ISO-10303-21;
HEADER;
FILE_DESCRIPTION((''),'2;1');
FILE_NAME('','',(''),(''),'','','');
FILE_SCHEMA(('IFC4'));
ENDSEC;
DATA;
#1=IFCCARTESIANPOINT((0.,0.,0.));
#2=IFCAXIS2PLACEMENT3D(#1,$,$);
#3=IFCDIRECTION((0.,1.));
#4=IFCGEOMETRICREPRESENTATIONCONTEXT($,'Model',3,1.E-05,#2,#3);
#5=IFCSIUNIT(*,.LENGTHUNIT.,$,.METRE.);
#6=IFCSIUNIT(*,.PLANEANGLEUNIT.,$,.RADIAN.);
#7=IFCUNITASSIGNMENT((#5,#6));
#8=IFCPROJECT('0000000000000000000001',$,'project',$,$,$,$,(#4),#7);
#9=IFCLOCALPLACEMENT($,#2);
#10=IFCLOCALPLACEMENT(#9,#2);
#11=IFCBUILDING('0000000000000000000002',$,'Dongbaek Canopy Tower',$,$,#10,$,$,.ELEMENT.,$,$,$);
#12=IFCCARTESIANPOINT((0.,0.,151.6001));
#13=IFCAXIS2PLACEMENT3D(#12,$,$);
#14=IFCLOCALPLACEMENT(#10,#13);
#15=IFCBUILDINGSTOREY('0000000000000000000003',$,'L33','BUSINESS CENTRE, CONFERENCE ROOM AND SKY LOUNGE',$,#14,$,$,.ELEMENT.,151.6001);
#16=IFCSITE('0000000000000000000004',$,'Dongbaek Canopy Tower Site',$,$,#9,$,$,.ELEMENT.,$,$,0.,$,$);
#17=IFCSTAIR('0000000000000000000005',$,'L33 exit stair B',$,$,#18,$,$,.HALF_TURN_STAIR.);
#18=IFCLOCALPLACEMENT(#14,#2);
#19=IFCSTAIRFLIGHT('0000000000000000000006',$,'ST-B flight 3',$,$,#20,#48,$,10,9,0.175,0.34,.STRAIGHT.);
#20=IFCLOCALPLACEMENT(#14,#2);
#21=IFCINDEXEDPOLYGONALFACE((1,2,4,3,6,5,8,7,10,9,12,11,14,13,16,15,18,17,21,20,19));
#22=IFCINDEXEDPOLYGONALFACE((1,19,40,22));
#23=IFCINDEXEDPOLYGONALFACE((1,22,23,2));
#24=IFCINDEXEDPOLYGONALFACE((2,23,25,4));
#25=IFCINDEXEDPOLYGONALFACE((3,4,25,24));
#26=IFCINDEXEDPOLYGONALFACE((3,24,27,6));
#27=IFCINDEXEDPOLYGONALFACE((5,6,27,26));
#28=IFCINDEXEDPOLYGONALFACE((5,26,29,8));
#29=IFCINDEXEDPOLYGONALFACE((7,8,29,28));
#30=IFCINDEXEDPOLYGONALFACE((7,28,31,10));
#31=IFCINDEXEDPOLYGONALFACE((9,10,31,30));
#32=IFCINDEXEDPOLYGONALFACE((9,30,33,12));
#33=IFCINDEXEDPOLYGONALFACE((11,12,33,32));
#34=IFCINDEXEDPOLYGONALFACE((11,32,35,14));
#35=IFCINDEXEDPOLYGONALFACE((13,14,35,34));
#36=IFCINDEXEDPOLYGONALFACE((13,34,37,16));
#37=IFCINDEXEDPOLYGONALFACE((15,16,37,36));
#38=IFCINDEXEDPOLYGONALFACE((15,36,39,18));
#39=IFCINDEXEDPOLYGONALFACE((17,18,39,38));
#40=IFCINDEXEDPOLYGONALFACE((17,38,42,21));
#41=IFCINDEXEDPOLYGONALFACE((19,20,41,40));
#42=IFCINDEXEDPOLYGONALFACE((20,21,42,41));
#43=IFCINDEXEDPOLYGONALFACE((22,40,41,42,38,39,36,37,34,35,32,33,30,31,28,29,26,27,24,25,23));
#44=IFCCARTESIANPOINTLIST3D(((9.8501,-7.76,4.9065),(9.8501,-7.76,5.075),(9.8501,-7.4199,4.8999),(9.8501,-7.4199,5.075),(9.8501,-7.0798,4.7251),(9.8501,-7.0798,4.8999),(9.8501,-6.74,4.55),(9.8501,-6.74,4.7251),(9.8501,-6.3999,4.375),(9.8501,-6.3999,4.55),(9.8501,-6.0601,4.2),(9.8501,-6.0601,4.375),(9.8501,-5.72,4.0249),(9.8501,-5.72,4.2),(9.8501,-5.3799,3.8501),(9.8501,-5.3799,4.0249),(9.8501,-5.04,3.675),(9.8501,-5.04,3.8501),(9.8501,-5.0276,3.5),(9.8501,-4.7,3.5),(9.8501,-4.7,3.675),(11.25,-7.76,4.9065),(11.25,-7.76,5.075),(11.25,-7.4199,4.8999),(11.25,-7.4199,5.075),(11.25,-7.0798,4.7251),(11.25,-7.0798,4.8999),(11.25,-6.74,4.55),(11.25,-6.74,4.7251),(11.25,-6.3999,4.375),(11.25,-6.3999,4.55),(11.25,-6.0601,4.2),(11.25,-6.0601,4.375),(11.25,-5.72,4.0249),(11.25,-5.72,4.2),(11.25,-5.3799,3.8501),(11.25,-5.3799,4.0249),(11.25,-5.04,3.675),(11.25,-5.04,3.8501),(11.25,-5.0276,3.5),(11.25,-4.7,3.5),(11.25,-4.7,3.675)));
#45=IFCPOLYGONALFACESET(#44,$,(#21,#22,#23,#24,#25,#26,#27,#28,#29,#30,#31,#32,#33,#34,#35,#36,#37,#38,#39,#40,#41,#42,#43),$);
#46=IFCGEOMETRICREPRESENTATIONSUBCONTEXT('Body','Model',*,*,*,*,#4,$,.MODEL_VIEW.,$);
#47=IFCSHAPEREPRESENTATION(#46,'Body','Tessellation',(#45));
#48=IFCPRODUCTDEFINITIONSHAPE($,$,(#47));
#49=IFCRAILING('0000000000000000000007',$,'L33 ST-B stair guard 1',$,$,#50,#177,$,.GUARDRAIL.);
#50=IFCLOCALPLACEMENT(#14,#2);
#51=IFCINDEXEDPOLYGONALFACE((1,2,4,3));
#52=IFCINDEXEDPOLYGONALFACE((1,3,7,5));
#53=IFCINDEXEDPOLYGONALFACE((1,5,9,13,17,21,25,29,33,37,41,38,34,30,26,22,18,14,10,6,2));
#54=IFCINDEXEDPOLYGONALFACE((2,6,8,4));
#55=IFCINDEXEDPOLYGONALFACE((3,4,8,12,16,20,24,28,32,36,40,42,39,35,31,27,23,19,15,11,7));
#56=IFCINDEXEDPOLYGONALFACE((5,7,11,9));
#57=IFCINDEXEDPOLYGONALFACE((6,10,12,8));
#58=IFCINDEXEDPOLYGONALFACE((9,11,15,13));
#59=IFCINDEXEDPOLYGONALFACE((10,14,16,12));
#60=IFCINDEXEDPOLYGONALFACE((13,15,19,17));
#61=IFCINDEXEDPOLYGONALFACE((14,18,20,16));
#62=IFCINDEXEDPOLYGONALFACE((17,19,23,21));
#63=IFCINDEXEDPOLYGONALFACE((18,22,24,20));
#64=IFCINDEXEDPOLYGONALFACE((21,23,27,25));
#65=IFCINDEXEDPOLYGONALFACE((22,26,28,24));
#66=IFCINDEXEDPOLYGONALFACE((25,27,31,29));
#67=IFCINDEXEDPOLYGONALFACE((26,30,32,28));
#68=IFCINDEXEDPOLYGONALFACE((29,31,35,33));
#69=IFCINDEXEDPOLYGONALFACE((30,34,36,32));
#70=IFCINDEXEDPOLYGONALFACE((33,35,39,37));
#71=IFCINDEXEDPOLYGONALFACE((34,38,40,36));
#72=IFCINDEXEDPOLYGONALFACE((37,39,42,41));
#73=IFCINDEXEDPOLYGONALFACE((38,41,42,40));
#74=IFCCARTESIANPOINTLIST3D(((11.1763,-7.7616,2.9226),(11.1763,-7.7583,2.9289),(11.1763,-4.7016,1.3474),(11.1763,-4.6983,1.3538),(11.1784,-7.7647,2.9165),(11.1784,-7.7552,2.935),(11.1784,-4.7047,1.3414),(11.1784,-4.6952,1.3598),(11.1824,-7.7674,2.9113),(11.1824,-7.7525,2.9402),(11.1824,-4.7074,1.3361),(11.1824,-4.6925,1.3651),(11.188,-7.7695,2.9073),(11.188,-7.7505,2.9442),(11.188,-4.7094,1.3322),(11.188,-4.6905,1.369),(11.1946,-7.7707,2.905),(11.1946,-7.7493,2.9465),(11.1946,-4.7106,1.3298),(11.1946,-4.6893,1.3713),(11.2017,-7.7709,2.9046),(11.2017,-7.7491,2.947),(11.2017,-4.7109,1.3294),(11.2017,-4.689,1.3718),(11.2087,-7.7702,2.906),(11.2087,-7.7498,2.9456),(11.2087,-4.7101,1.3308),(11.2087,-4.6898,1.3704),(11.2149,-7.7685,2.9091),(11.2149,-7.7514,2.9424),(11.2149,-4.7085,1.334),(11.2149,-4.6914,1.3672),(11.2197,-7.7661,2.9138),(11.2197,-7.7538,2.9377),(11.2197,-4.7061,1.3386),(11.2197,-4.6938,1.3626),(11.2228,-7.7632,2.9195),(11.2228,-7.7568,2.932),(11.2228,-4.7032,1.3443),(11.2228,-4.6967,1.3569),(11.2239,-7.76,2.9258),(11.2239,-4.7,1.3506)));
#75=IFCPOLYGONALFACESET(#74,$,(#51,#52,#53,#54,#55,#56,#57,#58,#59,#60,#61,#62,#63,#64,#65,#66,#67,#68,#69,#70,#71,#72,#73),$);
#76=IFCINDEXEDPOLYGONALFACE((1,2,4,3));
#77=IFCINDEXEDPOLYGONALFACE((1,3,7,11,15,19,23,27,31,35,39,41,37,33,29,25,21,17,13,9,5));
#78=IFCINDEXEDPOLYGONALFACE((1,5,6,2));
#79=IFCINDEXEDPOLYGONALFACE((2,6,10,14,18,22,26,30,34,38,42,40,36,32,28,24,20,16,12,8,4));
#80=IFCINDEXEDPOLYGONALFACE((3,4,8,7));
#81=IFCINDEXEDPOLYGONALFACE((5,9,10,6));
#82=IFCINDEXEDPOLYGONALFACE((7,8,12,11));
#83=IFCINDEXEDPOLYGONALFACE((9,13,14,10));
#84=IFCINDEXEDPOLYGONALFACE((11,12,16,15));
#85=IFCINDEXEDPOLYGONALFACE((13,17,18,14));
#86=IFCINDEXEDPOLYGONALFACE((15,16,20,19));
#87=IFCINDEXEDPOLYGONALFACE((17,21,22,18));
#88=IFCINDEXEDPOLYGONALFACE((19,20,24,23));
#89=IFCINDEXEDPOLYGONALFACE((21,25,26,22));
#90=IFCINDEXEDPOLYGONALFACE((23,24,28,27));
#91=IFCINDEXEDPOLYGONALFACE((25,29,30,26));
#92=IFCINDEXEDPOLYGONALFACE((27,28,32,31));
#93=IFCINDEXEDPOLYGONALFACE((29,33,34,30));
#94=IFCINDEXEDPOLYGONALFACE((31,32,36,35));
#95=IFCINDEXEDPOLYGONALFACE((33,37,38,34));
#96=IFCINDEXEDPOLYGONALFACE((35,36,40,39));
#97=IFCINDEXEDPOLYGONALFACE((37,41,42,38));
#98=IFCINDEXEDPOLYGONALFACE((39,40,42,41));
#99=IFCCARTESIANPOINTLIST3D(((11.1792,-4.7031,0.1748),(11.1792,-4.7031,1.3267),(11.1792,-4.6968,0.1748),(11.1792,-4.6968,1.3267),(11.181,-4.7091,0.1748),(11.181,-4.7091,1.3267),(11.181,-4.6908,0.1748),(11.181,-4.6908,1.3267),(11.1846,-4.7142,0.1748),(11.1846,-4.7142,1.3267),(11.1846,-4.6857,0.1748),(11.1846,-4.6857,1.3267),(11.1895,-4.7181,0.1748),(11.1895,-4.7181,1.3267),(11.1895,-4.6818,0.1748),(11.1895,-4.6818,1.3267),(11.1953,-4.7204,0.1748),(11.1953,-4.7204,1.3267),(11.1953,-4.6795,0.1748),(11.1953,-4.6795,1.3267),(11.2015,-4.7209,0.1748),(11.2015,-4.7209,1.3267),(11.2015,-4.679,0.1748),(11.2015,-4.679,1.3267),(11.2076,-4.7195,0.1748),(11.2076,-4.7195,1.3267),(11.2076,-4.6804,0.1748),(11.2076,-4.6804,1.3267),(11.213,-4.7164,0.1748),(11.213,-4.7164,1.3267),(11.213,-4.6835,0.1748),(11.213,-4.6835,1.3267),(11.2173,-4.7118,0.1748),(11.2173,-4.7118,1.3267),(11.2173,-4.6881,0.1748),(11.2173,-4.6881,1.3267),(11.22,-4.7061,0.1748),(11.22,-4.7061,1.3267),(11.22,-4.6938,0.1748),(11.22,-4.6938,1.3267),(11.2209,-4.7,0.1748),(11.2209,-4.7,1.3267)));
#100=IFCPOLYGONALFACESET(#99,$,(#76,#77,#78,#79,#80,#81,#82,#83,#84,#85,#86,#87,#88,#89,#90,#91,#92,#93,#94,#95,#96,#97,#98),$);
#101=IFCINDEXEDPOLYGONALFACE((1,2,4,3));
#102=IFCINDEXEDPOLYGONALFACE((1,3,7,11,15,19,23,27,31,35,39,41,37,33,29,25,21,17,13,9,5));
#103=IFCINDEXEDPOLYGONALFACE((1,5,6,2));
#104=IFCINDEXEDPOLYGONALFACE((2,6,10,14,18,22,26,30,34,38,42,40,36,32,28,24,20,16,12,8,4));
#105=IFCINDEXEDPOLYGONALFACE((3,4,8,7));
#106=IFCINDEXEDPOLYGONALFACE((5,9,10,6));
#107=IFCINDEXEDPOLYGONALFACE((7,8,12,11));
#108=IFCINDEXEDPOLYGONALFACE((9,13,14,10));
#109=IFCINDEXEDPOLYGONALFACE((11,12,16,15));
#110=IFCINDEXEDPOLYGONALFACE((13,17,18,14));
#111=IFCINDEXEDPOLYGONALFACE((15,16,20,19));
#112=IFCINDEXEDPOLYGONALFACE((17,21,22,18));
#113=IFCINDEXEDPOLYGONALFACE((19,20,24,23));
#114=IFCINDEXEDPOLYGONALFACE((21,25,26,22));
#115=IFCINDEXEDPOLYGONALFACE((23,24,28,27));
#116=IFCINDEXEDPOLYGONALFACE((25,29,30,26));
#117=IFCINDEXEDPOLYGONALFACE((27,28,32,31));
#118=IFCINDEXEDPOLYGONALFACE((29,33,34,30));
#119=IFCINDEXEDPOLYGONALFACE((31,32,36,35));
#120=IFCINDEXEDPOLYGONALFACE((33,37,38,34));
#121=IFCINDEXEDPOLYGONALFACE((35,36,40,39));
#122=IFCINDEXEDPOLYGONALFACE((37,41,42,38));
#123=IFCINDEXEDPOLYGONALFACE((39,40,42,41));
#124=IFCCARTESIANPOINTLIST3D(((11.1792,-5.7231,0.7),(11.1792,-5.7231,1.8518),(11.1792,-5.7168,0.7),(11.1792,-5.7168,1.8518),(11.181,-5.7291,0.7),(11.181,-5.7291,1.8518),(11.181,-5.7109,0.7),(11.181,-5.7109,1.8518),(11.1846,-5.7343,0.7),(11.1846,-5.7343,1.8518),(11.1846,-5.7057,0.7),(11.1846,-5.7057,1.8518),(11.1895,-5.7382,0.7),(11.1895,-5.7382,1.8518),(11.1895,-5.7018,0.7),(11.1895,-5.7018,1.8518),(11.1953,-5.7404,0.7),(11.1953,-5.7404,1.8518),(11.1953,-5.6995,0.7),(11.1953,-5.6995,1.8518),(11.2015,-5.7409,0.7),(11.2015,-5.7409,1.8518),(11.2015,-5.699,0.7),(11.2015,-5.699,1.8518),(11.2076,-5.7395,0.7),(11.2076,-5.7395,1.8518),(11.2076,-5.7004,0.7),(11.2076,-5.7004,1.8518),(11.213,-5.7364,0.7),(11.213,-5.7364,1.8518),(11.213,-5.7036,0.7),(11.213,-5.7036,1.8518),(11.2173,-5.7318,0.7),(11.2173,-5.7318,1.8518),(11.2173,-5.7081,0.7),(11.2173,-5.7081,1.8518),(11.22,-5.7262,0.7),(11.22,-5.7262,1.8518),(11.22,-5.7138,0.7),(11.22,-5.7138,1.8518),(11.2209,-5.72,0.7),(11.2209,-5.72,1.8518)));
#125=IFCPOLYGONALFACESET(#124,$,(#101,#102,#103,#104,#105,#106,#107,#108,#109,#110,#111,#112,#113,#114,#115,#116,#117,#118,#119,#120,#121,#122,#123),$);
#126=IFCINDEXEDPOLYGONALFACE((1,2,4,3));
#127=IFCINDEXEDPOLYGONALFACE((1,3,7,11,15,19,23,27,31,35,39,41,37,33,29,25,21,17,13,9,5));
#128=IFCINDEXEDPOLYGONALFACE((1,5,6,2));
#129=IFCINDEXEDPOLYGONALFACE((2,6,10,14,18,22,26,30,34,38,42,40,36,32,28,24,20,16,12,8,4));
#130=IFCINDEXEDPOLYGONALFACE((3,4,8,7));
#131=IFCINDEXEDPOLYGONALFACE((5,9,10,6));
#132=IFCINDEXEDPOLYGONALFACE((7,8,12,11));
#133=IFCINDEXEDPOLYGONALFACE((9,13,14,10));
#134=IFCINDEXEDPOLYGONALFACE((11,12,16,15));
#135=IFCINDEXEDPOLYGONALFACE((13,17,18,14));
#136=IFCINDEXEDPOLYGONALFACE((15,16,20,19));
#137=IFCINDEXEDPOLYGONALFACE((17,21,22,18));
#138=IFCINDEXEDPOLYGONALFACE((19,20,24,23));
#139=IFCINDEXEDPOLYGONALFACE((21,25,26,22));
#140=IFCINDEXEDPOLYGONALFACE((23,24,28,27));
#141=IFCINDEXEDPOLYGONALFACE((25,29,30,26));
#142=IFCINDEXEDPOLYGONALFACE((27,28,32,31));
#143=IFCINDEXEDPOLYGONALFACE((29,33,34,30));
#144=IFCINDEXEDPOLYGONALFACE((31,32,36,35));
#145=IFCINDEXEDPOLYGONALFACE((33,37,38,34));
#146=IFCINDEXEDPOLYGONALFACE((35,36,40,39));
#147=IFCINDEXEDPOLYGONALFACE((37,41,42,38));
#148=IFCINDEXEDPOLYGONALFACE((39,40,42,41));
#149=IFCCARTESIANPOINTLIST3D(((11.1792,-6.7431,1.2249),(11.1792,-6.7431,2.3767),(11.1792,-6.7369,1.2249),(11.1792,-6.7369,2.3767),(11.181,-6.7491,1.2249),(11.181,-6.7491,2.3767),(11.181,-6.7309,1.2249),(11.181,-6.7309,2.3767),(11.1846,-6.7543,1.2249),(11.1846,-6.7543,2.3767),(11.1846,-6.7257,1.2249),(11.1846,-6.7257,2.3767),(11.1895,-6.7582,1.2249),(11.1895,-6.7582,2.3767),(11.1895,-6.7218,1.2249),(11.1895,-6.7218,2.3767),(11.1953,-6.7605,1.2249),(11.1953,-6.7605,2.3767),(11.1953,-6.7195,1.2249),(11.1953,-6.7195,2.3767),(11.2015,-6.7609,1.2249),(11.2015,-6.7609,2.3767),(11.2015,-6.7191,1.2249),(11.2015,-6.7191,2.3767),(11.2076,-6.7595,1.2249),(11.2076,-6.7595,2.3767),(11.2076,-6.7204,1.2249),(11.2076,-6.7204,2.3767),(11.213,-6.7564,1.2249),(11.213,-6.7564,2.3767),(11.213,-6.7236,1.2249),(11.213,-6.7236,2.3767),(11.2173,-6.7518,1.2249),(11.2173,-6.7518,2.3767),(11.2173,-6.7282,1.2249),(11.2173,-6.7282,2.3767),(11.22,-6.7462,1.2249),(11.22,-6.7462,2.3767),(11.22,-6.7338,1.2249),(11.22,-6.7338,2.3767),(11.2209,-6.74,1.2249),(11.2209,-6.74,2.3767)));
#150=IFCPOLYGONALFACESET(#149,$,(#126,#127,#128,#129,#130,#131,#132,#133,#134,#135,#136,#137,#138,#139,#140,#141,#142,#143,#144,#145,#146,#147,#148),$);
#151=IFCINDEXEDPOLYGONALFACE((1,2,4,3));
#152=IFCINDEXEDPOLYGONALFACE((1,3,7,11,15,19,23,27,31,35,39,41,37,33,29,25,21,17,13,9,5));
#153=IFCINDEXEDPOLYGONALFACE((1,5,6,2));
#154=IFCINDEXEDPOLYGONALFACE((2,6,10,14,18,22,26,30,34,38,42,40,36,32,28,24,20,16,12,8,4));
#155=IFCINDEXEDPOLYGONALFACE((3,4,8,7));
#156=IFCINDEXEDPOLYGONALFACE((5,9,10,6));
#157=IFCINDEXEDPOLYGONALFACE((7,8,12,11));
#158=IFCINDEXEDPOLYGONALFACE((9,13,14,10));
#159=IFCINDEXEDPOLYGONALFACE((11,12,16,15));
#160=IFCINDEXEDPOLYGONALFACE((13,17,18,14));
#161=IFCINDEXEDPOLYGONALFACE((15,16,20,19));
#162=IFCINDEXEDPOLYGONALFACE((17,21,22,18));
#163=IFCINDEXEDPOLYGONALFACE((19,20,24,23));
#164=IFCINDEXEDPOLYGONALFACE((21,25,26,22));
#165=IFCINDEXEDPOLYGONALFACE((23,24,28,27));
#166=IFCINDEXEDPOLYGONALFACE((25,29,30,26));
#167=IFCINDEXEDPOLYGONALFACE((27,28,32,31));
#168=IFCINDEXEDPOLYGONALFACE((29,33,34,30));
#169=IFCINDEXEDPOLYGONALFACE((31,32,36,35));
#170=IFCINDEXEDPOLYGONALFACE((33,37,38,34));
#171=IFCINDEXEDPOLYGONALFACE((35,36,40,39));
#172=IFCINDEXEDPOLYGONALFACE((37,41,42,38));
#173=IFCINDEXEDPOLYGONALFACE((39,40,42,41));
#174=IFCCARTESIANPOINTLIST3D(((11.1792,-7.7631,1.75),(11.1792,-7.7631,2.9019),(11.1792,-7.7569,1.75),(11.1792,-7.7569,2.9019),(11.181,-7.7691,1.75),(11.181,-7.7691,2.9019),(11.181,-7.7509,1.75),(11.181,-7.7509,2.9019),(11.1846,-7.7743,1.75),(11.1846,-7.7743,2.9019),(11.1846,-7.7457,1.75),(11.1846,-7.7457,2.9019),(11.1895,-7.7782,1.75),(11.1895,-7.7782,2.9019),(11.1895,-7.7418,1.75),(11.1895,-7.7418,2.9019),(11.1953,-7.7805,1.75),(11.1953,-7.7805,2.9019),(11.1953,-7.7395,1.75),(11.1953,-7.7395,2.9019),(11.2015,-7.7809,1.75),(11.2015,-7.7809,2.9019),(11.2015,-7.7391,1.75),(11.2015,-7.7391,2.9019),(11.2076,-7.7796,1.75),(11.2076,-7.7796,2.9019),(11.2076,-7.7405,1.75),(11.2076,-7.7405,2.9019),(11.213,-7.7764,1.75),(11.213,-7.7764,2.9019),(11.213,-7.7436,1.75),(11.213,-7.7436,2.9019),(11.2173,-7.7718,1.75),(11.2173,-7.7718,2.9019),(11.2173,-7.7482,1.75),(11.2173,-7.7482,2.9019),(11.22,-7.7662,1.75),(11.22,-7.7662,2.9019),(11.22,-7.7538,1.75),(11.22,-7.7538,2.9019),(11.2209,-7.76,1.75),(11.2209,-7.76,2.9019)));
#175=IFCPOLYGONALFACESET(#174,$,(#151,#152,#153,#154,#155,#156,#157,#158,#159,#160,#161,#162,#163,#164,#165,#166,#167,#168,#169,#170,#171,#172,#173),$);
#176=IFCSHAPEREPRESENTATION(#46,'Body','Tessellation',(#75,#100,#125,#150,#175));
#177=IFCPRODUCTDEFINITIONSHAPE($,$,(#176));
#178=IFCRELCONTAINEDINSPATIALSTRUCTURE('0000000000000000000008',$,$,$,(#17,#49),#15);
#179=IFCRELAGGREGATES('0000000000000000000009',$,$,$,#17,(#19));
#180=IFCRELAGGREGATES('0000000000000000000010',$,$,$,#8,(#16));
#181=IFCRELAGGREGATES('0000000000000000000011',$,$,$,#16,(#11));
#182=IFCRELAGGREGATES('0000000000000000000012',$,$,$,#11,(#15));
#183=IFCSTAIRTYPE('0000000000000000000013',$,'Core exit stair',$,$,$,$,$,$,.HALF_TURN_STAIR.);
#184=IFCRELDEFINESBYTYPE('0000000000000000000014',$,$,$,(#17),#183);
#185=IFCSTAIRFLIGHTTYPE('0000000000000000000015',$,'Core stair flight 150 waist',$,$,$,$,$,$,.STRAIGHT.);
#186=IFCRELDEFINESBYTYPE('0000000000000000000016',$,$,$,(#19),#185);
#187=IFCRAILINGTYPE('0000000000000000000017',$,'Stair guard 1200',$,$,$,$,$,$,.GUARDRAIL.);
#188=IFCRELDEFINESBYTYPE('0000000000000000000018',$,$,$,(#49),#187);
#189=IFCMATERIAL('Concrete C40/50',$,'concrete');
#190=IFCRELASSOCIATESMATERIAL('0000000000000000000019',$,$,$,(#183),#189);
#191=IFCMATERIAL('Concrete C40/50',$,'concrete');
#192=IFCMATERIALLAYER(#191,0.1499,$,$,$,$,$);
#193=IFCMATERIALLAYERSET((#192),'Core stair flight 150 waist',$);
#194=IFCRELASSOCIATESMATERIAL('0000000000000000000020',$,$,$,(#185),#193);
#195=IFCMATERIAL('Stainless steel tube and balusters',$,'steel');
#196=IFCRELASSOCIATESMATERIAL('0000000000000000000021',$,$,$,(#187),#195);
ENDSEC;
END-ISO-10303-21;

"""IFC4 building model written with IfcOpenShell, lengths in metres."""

from ifc_helpers import new_model, si_unit, direction, frame, origin, origin_2d, place, context, subcontext, project, spatial, polyline, circle, outline, extrude, material, layer, layer_set, type_object, element, aggregate, save


model = new_model("IFC4")

# Units and contexts
model_context = context("Model", 3, precision=1e-05, world=origin(), true_north=direction((0.0, 1.0)))
body_context = subcontext(model_context, "Body", "Model", "MODEL_VIEW")
ifc_project = project(units=[si_unit("LENGTHUNIT", "METRE"), si_unit("PLANEANGLEUNIT", "RADIAN")], contexts=[model_context])

# Site, building, storey
site_placement = place(None, origin())
site = spatial("IfcSite", under=ifc_project, at=site_placement, Name="Dongbaek Canopy Tower Site", CompositionType="ELEMENT", RefElevation=0.0)
building_placement = place(site_placement, origin())
building = spatial("IfcBuilding", under=site, at=building_placement, Name="Dongbaek Canopy Tower", CompositionType="ELEMENT")
storey_placement = place(building_placement, frame((0.0, 0.0, 151.6001)))
storey = spatial("IfcBuildingStorey", under=building, at=storey_placement, Name="L33", Description="BUSINESS CENTRE, CONFERENCE ROOM AND SKY LOUNGE", CompositionType="ELEMENT", Elevation=151.6001)

# Stair, stair flight
ifc_material_1 = material(Name="Concrete C40/50", Category="concrete")
stair_type = type_object("IfcStairType", Name="Core exit stair", PredefinedType="HALF_TURN_STAIR", material=ifc_material_1)
stair_placement = place(storey_placement, origin())
stair = element("IfcStair", 1, at=stair_placement, inside=storey, type_object=stair_type, Name="L33 exit stair B", PredefinedType="HALF_TURN_STAIR")
ifc_material_2 = material(Name="Concrete C40/50", Category="concrete")
ifc_layer_1 = layer(ifc_material_2, 0.1499)
ifc_layer_set_1 = layer_set([ifc_layer_1], Name="Core stair flight 150 waist")
stair_flight_type = type_object("IfcStairFlightType", Name="Core stair flight 150 waist", PredefinedType="STRAIGHT", material=ifc_layer_set_1)
stair_flight_1_placement = place(storey_placement, frame((10.55, -4.7, 3.5), z_axis=(0.0, 0.0, 1.0), x_axis=(0.0, -1.0, 0.0)))
stair_flight_1 = element("IfcStairFlight", 2, at=stair_flight_1_placement, type_object=stair_flight_type, Name="ST-B flight 3", NumberOfRisers=10, NumberOfTreads=9, PredefinedType="STRAIGHT", RiserHeight=0.175, TreadLength=0.34, context=body_context, shape_type="SweptSolid", body=[
    extrude(outline(polyline([(0.0, 0.0), (0.0, 0.175), (0.3401, 0.175), (0.3401, 0.3501), (0.6799, 0.3501), (0.6799, 0.5249), (1.02, 0.5249), (1.02, 0.7), (1.3601, 0.7), (1.3601, 0.875), (1.7, 0.875), (1.7, 1.05), (2.04, 1.05), (2.04, 1.2251), (2.3799, 1.2251), (2.3799, 1.3999), (2.72, 1.3999), (2.72, 1.575), (3.0601, 1.575), (3.0601, 1.75), (3.0601, 1.4065), (0.3276, 0.0), (0.0, 0.0)])), frame((0.0, 0.7, 0.0), z_axis=(0.0, -1.0, 0.0), x_axis=(1.0, 0.0, 0.0)), (0.0, 0.0, 1.0), 1.3999),
])
aggregate(stair, [stair_flight_1])

# Railing
ifc_material_3 = material(Name="Stainless steel tube and balusters", Category="steel")
railing_type_1 = type_object("IfcRailingType", Name="Stair guard 1200", PredefinedType="GUARDRAIL", material=ifc_material_3)
railing_1_placement = place(storey_placement, frame((11.2, -4.7, 0.1748)))
element("IfcRailing", 3, at=railing_1_placement, inside=storey, type_object=railing_type_1, Name="L33 ST-B stair guard 1", PredefinedType="GUARDRAIL", context=body_context, shape_type="SweptSolid", body=[
    extrude(circle(Radius=0.0239, at=origin_2d()), frame((0.0, 0.0, 1.1758), z_axis=(0.0, -0.889116, 0.457681), x_axis=(1.0, 0.0, 0.0)), (0.0, 0.0, 1.0), 3.4417),
    extrude(circle(Radius=0.021, at=origin_2d()), origin(), (0.0, 0.0, 1.0), 1.1519),
    extrude(circle(Radius=0.021, at=origin_2d()), frame((0.0, -1.02, 0.5251)), (0.0, 0.0, 1.0), 1.1519),
    extrude(circle(Radius=0.021, at=origin_2d()), frame((0.0, -2.04, 1.05)), (0.0, 0.0, 1.0), 1.1519),
    extrude(circle(Radius=0.021, at=origin_2d()), frame((0.0, -3.0601, 1.5752)), (0.0, 0.0, 1.0), 1.1519),
])

save(model, "model.ifc")
